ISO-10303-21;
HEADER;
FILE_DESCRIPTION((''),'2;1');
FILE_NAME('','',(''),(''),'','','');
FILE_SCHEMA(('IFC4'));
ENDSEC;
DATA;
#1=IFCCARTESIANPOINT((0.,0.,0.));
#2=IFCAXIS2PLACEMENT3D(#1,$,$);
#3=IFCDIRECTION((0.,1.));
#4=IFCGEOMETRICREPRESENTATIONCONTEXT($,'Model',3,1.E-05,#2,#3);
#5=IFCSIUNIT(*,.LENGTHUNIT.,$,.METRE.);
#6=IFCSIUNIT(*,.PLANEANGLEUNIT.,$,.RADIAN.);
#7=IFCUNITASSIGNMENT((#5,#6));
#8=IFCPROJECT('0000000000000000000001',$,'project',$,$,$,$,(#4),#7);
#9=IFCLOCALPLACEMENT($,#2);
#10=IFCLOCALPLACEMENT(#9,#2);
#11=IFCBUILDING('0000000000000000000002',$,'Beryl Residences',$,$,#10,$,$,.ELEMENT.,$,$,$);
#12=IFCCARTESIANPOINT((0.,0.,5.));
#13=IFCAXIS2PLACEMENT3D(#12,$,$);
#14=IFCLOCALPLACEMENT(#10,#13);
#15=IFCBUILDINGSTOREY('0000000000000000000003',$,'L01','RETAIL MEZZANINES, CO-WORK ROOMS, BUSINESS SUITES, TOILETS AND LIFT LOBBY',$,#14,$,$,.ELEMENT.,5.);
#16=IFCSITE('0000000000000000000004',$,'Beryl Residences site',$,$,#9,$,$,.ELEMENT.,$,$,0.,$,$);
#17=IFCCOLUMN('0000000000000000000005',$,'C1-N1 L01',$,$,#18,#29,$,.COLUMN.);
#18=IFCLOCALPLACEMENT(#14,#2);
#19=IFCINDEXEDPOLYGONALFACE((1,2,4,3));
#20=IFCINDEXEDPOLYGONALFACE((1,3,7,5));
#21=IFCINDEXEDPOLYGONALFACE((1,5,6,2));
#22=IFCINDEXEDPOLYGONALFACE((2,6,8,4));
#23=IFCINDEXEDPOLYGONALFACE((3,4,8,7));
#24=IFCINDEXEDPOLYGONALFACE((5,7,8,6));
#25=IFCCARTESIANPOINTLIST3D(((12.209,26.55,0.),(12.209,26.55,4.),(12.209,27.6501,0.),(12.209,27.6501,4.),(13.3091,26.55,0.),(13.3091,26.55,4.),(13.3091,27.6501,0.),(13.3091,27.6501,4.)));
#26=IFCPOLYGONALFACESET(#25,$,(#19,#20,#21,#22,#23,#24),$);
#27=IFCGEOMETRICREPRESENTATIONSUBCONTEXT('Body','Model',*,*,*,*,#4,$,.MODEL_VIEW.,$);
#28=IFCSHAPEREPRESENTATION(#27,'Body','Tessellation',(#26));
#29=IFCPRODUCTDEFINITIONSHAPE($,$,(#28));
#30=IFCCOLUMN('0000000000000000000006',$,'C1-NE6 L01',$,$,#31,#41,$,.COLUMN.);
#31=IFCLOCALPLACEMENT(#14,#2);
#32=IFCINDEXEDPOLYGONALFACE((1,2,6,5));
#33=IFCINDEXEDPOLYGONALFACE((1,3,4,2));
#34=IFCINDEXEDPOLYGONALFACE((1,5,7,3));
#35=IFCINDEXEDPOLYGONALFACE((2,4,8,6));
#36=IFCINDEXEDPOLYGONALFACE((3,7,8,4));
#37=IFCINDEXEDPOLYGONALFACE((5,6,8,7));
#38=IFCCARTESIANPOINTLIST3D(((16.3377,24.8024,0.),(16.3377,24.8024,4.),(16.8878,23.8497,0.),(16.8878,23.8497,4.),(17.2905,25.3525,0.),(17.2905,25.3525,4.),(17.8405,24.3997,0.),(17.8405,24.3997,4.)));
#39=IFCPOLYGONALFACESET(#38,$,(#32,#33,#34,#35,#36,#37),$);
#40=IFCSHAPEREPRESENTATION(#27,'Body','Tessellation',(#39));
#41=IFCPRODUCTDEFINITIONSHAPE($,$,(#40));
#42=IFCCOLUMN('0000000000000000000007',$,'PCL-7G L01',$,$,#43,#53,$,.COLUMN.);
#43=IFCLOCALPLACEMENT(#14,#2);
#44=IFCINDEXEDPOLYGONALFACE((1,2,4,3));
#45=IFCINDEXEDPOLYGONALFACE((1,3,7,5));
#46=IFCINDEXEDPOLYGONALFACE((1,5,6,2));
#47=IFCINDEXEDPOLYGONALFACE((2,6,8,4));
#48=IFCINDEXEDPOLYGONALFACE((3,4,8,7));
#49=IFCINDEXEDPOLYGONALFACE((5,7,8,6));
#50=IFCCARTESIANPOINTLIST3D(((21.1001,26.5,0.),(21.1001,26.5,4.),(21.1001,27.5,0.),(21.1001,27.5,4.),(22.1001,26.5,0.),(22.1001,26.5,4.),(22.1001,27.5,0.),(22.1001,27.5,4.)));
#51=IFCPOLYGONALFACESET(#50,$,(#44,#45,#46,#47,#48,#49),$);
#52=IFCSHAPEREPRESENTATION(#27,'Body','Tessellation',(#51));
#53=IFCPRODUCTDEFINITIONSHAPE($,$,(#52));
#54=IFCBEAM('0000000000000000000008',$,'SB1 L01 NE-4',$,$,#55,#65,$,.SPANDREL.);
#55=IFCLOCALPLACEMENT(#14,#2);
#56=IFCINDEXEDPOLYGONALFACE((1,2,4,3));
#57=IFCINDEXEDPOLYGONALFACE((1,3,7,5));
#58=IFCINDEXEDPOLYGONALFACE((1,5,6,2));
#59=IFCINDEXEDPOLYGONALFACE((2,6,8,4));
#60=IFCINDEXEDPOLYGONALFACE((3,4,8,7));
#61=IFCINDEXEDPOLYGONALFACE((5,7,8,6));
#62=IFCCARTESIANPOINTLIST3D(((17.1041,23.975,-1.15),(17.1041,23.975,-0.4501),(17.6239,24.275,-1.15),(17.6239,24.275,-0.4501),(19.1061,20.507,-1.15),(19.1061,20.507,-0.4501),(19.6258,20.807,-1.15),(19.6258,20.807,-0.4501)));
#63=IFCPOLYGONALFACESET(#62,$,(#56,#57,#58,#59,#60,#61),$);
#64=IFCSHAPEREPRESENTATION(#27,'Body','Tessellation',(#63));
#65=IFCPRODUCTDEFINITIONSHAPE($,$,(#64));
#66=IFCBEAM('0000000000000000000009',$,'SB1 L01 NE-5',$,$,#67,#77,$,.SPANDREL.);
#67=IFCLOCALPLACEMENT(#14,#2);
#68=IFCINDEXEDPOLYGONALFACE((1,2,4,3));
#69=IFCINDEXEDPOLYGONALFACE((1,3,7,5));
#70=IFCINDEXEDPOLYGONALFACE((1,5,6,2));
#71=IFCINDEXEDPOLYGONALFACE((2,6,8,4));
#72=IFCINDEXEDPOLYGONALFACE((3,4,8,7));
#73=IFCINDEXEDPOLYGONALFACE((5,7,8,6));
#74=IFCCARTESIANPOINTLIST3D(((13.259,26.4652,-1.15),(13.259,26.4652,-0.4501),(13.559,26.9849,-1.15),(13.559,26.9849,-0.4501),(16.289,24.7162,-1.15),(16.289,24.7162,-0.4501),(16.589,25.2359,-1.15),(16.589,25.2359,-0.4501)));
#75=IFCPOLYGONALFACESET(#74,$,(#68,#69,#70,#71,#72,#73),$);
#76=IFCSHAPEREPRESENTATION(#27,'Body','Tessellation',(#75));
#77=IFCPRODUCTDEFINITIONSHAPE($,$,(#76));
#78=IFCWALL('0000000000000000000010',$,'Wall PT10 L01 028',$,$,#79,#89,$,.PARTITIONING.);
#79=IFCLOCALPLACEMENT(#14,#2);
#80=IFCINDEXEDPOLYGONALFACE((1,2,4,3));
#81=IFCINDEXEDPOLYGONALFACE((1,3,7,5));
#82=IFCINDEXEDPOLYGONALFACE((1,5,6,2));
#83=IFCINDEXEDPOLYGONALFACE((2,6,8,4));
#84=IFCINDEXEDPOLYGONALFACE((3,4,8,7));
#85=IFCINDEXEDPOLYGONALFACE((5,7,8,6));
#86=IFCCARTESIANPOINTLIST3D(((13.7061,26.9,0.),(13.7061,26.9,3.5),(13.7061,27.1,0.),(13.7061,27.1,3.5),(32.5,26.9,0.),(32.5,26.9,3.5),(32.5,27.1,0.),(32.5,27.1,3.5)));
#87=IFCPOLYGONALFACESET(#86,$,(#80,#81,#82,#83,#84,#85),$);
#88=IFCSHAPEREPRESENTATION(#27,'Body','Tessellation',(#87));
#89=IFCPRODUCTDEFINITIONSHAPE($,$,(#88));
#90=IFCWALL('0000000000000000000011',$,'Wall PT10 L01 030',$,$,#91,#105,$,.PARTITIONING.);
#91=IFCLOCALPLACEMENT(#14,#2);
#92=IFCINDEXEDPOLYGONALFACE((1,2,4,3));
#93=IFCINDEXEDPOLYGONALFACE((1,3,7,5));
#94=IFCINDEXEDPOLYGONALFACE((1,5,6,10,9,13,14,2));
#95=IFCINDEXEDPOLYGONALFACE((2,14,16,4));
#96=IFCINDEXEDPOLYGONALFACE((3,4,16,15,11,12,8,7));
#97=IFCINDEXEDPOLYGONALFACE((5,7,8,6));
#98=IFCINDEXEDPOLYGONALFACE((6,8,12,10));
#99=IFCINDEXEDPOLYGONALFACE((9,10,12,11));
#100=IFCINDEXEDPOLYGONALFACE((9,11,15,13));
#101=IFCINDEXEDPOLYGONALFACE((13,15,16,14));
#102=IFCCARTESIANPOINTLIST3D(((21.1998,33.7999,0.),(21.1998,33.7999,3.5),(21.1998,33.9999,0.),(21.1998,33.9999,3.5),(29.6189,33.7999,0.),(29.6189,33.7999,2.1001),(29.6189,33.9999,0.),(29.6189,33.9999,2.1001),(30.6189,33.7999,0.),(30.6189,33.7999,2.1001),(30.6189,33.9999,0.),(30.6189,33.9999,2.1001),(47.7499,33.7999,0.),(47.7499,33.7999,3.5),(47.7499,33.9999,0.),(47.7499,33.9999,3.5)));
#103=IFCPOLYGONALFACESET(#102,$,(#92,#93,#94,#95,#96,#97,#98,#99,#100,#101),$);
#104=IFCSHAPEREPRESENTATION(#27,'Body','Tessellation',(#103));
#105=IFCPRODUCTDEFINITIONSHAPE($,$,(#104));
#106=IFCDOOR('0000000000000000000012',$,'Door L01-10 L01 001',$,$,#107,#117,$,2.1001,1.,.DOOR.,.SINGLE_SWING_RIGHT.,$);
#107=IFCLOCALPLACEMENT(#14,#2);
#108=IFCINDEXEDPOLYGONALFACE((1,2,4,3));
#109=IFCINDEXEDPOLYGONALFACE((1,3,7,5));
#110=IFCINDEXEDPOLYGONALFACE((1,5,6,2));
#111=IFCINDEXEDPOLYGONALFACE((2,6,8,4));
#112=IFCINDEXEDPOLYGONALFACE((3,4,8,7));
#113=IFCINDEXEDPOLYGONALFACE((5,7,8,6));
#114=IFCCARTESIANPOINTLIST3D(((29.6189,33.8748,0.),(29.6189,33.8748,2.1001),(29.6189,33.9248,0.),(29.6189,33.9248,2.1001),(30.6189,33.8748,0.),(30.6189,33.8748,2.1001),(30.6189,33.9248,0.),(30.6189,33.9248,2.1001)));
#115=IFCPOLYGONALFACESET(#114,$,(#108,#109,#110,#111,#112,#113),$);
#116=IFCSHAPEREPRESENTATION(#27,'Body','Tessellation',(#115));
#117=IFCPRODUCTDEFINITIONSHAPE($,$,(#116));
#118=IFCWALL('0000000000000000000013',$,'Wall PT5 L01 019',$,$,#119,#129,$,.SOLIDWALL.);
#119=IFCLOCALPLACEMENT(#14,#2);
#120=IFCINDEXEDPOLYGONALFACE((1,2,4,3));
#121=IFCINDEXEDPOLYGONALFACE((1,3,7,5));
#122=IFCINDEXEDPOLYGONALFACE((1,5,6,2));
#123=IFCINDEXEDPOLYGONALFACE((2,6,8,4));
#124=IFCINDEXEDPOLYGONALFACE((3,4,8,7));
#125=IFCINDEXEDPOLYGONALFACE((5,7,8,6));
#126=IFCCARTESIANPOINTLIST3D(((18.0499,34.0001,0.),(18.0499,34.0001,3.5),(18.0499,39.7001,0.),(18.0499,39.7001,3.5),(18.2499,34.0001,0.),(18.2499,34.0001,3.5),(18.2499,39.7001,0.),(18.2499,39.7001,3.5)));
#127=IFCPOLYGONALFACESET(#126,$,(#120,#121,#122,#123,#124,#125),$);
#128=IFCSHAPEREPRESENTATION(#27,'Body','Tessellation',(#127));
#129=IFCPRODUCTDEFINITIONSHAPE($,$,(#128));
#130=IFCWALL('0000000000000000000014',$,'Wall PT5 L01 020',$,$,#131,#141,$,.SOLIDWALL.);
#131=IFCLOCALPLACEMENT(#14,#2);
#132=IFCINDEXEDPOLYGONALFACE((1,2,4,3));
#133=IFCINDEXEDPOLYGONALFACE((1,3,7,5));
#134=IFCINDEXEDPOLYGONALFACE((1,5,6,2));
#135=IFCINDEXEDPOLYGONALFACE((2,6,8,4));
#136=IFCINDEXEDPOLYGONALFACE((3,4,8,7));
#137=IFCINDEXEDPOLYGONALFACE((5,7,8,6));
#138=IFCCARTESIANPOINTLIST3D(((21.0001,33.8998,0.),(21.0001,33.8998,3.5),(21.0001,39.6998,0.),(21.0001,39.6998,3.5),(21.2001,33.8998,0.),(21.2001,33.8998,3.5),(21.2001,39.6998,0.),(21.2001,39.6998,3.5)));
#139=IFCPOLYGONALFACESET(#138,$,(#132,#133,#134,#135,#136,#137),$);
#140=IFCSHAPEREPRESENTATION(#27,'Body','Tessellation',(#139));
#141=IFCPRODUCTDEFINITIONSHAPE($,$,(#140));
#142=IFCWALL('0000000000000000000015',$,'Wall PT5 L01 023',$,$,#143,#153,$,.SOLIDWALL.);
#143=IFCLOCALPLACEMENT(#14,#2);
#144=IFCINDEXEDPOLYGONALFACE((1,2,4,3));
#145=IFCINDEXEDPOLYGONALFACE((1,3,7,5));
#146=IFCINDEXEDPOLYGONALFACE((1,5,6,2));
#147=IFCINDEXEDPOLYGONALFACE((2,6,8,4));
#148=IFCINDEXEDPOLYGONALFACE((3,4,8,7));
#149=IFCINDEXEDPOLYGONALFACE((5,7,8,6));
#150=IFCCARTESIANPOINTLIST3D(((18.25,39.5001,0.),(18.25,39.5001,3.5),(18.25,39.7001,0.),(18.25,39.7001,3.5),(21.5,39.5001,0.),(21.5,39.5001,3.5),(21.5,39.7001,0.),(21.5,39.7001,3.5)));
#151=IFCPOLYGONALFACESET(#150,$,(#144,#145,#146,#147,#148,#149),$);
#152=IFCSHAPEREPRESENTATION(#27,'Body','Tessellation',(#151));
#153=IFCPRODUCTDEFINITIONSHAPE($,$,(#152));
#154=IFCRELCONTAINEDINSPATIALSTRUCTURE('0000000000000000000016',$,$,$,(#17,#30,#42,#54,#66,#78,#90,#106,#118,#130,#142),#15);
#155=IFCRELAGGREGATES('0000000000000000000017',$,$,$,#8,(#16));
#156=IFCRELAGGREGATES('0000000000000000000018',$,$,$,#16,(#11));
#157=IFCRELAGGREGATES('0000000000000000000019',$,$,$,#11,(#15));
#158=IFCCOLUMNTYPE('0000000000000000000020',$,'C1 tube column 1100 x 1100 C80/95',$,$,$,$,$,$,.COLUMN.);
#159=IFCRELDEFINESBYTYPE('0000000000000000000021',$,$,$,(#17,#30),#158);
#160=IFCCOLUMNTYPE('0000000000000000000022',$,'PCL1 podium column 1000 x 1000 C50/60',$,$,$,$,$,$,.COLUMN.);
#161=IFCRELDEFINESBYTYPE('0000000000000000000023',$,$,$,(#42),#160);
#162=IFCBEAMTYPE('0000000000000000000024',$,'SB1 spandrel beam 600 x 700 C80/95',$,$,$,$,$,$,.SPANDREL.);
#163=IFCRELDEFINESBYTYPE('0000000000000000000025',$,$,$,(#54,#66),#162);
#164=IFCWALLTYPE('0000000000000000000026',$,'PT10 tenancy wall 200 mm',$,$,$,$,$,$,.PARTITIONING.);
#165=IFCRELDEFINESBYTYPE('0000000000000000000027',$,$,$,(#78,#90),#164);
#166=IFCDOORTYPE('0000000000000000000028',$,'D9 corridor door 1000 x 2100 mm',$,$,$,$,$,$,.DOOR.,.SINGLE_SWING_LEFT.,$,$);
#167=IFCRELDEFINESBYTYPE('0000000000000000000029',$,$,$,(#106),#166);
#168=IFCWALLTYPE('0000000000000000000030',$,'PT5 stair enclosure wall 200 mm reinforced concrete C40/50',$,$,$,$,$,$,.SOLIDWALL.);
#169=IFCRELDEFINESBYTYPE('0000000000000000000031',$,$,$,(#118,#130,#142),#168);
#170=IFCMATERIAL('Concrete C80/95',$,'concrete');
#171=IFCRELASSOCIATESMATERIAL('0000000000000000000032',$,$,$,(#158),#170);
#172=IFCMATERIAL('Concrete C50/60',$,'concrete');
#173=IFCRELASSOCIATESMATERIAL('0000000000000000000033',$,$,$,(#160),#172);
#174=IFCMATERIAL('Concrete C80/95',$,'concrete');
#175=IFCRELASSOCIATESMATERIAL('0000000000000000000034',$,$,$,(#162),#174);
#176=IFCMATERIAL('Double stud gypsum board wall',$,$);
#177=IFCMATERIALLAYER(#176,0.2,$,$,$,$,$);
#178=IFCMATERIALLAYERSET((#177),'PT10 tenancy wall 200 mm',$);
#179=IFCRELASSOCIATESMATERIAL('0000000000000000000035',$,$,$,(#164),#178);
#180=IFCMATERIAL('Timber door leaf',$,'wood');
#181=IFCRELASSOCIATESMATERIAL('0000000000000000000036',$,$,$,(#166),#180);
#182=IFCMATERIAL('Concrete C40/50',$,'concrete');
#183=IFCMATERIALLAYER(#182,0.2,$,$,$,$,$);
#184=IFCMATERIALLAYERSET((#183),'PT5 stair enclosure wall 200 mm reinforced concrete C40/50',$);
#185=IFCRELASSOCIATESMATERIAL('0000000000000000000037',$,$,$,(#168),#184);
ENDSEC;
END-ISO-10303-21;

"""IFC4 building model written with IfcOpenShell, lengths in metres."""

from ifc_helpers import new_model, si_unit, direction, frame, frame_2d, origin, origin_2d, place, context, subcontext, project, spatial, rectangle, extrude, material, layer, layer_set, material_profile, profile_set, type_object, element, fill, save


model = new_model("IFC4")

# Units and contexts
model_context = context("Model", 3, precision=1e-05, world=origin(), true_north=direction((0.0, 1.0)))
body_context = subcontext(model_context, "Body", "Model", "MODEL_VIEW")
ifc_project = project(units=[si_unit("LENGTHUNIT", "METRE"), si_unit("PLANEANGLEUNIT", "RADIAN")], contexts=[model_context])

# Site, building, storey
site_placement = place(None, origin())
site = spatial("IfcSite", under=ifc_project, at=site_placement, Name="Beryl Residences site", CompositionType="ELEMENT", RefElevation=0.0)
building_placement = place(site_placement, origin())
building = spatial("IfcBuilding", under=site, at=building_placement, Name="Beryl Residences", CompositionType="ELEMENT")
storey_placement = place(building_placement, frame((0.0, 0.0, 5.0)))
storey = spatial("IfcBuildingStorey", under=building, at=storey_placement, Name="L01", Description="RETAIL MEZZANINES, CO-WORK ROOMS, BUSINESS SUITES, TOILETS AND LIFT LOBBY", CompositionType="ELEMENT", Elevation=5.0)

# Columns
ifc_material_1 = material(Name="Concrete C80/95", Category="concrete")
ifc_material_profile_1 = material_profile(ifc_material_1, rectangle(XDim=1.1001, YDim=1.1001, at=origin_2d()))
ifc_profile_set_1 = profile_set([ifc_material_profile_1], Name="Concrete C80/95")
column_type_1 = type_object("IfcColumnType", Name="C1 tube column 1100 x 1100 C80/95", PredefinedType="COLUMN", material=ifc_profile_set_1)
for number, where, z_axis, x_axis, name in (
    (1, (12.759, 27.1001, 0.0), (0.0, 0.0, 1.0), (-1.0, 0.0, 0.0), "C1-N1 L01"),
    (2, (17.0891, 24.6011, 0.0), (0.0, 0.0, 1.0), (-0.499985, 0.866034, 0.0), "C1-NE6 L01"),
):
    element("IfcColumn", number, at=place(storey_placement, frame(where, z_axis=z_axis, x_axis=x_axis)), inside=storey, type_object=column_type_1, Name=name, PredefinedType="COLUMN", context=body_context, shape_type="SweptSolid", body=[
        extrude(rectangle(XDim=1.1001, YDim=1.1001, at=origin_2d()), origin(), (0.0, 0.0, 1.0), 4.0),
    ])
ifc_material_2 = material(Name="Concrete C50/60", Category="concrete")
ifc_material_profile_2 = material_profile(ifc_material_2, rectangle(XDim=1.0, YDim=1.0, at=origin_2d()))
ifc_profile_set_2 = profile_set([ifc_material_profile_2], Name="Concrete C50/60")
column_type_2 = type_object("IfcColumnType", Name="PCL1 podium column 1000 x 1000 C50/60", PredefinedType="COLUMN", material=ifc_profile_set_2)
column_placement = place(storey_placement, frame((21.6001, 27.0, 0.0), z_axis=(0.0, 0.0, 1.0), x_axis=(1.0, 0.0, 0.0)))
element("IfcColumn", 3, at=column_placement, inside=storey, type_object=column_type_2, Name="PCL-7G L01", PredefinedType="COLUMN", context=body_context, shape_type="SweptSolid", body=[
    extrude(rectangle(XDim=1.0, YDim=1.0, at=origin_2d()), origin(), (0.0, 0.0, 1.0), 4.0),
])

# Beams
ifc_material_3 = material(Name="Concrete C80/95", Category="concrete")
ifc_material_profile_3 = material_profile(ifc_material_3, rectangle(XDim=0.6001, YDim=0.7, at=origin_2d()))
ifc_profile_set_3 = profile_set([ifc_material_profile_3], Name="Concrete C80/95")
beam_type = type_object("IfcBeamType", Name="SB1 spandrel beam 600 x 700 C80/95", PredefinedType="SPANDREL", material=ifc_profile_set_3)
beam_1_placement = place(storey_placement, frame((19.366, 20.657, -0.8), z_axis=(-0.499942, 0.866059, 0.0), x_axis=(-0.866059, -0.499942, 0.0)))
element("IfcBeam", 4, at=beam_1_placement, inside=storey, type_object=beam_type, Name="SB1 L01 NE-4", PredefinedType="SPANDREL", context=body_context, shape_type="SweptSolid", body=[
    extrude(rectangle(XDim=0.6001, YDim=0.7, at=origin_2d()), origin(), (0.0, 0.0, 1.0), 4.0044),
])
beam_2_placement = place(storey_placement, frame((16.439, 24.9761, -0.8), z_axis=(-0.866071, 0.499922, 0.0), x_axis=(-0.499922, -0.866071, 0.0)))
element("IfcBeam", 5, at=beam_2_placement, inside=storey, type_object=beam_type, Name="SB1 L01 NE-5", PredefinedType="SPANDREL", context=body_context, shape_type="SweptSolid", body=[
    extrude(rectangle(XDim=0.6001, YDim=0.7, at=origin_2d()), origin(), (0.0, 0.0, 1.0), 3.4985),
])

# Wall
ifc_material_4 = material(Name="Double stud gypsum board wall")
ifc_layer_1 = layer(ifc_material_4, 0.2)
ifc_layer_set_1 = layer_set([ifc_layer_1], Name="PT10 tenancy wall 200 mm")
wall_type_1 = type_object("IfcWallType", Name="PT10 tenancy wall 200 mm", PredefinedType="PARTITIONING", material=ifc_layer_set_1)
wall_1_placement = place(storey_placement, frame((13.7061, 27.0, 0.0), z_axis=(0.0, 0.0, 1.0), x_axis=(1.0, 0.0, 0.0)))
element("IfcWall", 6, at=wall_1_placement, inside=storey, type_object=wall_type_1, Name="Wall PT10 L01 028", PredefinedType="PARTITIONING", context=body_context, shape_type="SweptSolid", body=[
    extrude(rectangle(XDim=18.7939, YDim=0.2, at=frame_2d((9.397, 0.0))), origin(), (0.0, 0.0, 1.0), 3.5),
])

# Wall, opening, door
wall_2_placement = place(storey_placement, frame((21.2, 33.8999, 0.0), z_axis=(0.0, 0.0, 1.0), x_axis=(1.0, 0.0, 0.0)))
wall_2 = element("IfcWall", 7, at=wall_2_placement, inside=storey, type_object=wall_type_1, Name="Wall PT10 L01 030", PredefinedType="PARTITIONING", context=body_context, shape_type="SweptSolid", body=[
    extrude(rectangle(XDim=26.55, YDim=0.2, at=frame_2d((13.2749, 0.0))), origin(), (0.0, 0.0, 1.0), 3.5),
])
opening_placement = place(wall_2_placement, frame((8.4189, 0.0, 0.0)))
opening = element("IfcOpeningElement", 8, at=opening_placement, cuts=wall_2, PredefinedType="OPENING", context=body_context, shape_type="SweptSolid", body=[
    extrude(rectangle(XDim=1.0, YDim=2.1001, at=frame_2d((0.5, 1.05))), frame((0.0, 0.1099, 0.0), z_axis=(0.0, -1.0, 0.0), x_axis=(1.0, 0.0, 0.0)), (0.0, 0.0, 1.0), 0.22),
])
ifc_material_5 = material(Name="Timber door leaf", Category="wood")
door_type = type_object("IfcDoorType", Name="D9 corridor door 1000 x 2100 mm", OperationType="SINGLE_SWING_LEFT", PredefinedType="DOOR", material=ifc_material_5)
door_placement = place(opening_placement, origin())
door = element("IfcDoor", 9, at=door_placement, inside=storey, type_object=door_type, Name="Door L01-10 L01 001", OperationType="SINGLE_SWING_RIGHT", OverallHeight=2.1001, OverallWidth=1.0, PredefinedType="DOOR", context=body_context, shape_type="SweptSolid", body=[
    extrude(rectangle(XDim=1.0, YDim=2.1001, at=frame_2d((0.5, 1.05))), frame((0.0, 0.0249, 0.0), z_axis=(0.0, -1.0, 0.0), x_axis=(1.0, 0.0, 0.0)), (0.0, 0.0, 1.0), 0.05),
])
fill(opening, door)

# Walls
ifc_material_6 = material(Name="Concrete C40/50", Category="concrete")
ifc_layer_2 = layer(ifc_material_6, 0.2)
ifc_layer_set_2 = layer_set([ifc_layer_2], Name="PT5 stair enclosure wall 200 mm reinforced concrete C40/50")
wall_type_2 = type_object("IfcWallType", Name="PT5 stair enclosure wall 200 mm reinforced concrete C40/50", PredefinedType="SOLIDWALL", material=ifc_layer_set_2)
wall_3_placement = place(storey_placement, frame((18.1499, 34.0, 0.0), z_axis=(0.0, 0.0, 1.0), x_axis=(0.0, 1.0, 0.0)))
element("IfcWall", 10, at=wall_3_placement, inside=storey, type_object=wall_type_2, Name="Wall PT5 L01 019", PredefinedType="SOLIDWALL", context=body_context, shape_type="SweptSolid", body=[
    extrude(rectangle(XDim=5.7, YDim=0.2, at=frame_2d((2.8501, 0.0))), origin(), (0.0, 0.0, 1.0), 3.5),
])
wall_4_placement = place(storey_placement, frame((21.1001, 33.8999, 0.0), z_axis=(0.0, 0.0, 1.0), x_axis=(0.0, 1.0, 0.0)))
element("IfcWall", 11, at=wall_4_placement, inside=storey, type_object=wall_type_2, Name="Wall PT5 L01 020", PredefinedType="SOLIDWALL", context=body_context, shape_type="SweptSolid", body=[
    extrude(rectangle(XDim=5.8, YDim=0.2, at=frame_2d((2.8999, 0.0))), origin(), (0.0, 0.0, 1.0), 3.5),
])
wall_5_placement = place(storey_placement, frame((18.25, 39.6001, 0.0), z_axis=(0.0, 0.0, 1.0), x_axis=(1.0, 0.0, 0.0)))
element("IfcWall", 12, at=wall_5_placement, inside=storey, type_object=wall_type_2, Name="Wall PT5 L01 023", PredefinedType="SOLIDWALL", context=body_context, shape_type="SweptSolid", body=[
    extrude(rectangle(XDim=3.25, YDim=0.2, at=frame_2d((1.625, 0.0))), origin(), (0.0, 0.0, 1.0), 3.5),
])

save(model, "model.ifc")
